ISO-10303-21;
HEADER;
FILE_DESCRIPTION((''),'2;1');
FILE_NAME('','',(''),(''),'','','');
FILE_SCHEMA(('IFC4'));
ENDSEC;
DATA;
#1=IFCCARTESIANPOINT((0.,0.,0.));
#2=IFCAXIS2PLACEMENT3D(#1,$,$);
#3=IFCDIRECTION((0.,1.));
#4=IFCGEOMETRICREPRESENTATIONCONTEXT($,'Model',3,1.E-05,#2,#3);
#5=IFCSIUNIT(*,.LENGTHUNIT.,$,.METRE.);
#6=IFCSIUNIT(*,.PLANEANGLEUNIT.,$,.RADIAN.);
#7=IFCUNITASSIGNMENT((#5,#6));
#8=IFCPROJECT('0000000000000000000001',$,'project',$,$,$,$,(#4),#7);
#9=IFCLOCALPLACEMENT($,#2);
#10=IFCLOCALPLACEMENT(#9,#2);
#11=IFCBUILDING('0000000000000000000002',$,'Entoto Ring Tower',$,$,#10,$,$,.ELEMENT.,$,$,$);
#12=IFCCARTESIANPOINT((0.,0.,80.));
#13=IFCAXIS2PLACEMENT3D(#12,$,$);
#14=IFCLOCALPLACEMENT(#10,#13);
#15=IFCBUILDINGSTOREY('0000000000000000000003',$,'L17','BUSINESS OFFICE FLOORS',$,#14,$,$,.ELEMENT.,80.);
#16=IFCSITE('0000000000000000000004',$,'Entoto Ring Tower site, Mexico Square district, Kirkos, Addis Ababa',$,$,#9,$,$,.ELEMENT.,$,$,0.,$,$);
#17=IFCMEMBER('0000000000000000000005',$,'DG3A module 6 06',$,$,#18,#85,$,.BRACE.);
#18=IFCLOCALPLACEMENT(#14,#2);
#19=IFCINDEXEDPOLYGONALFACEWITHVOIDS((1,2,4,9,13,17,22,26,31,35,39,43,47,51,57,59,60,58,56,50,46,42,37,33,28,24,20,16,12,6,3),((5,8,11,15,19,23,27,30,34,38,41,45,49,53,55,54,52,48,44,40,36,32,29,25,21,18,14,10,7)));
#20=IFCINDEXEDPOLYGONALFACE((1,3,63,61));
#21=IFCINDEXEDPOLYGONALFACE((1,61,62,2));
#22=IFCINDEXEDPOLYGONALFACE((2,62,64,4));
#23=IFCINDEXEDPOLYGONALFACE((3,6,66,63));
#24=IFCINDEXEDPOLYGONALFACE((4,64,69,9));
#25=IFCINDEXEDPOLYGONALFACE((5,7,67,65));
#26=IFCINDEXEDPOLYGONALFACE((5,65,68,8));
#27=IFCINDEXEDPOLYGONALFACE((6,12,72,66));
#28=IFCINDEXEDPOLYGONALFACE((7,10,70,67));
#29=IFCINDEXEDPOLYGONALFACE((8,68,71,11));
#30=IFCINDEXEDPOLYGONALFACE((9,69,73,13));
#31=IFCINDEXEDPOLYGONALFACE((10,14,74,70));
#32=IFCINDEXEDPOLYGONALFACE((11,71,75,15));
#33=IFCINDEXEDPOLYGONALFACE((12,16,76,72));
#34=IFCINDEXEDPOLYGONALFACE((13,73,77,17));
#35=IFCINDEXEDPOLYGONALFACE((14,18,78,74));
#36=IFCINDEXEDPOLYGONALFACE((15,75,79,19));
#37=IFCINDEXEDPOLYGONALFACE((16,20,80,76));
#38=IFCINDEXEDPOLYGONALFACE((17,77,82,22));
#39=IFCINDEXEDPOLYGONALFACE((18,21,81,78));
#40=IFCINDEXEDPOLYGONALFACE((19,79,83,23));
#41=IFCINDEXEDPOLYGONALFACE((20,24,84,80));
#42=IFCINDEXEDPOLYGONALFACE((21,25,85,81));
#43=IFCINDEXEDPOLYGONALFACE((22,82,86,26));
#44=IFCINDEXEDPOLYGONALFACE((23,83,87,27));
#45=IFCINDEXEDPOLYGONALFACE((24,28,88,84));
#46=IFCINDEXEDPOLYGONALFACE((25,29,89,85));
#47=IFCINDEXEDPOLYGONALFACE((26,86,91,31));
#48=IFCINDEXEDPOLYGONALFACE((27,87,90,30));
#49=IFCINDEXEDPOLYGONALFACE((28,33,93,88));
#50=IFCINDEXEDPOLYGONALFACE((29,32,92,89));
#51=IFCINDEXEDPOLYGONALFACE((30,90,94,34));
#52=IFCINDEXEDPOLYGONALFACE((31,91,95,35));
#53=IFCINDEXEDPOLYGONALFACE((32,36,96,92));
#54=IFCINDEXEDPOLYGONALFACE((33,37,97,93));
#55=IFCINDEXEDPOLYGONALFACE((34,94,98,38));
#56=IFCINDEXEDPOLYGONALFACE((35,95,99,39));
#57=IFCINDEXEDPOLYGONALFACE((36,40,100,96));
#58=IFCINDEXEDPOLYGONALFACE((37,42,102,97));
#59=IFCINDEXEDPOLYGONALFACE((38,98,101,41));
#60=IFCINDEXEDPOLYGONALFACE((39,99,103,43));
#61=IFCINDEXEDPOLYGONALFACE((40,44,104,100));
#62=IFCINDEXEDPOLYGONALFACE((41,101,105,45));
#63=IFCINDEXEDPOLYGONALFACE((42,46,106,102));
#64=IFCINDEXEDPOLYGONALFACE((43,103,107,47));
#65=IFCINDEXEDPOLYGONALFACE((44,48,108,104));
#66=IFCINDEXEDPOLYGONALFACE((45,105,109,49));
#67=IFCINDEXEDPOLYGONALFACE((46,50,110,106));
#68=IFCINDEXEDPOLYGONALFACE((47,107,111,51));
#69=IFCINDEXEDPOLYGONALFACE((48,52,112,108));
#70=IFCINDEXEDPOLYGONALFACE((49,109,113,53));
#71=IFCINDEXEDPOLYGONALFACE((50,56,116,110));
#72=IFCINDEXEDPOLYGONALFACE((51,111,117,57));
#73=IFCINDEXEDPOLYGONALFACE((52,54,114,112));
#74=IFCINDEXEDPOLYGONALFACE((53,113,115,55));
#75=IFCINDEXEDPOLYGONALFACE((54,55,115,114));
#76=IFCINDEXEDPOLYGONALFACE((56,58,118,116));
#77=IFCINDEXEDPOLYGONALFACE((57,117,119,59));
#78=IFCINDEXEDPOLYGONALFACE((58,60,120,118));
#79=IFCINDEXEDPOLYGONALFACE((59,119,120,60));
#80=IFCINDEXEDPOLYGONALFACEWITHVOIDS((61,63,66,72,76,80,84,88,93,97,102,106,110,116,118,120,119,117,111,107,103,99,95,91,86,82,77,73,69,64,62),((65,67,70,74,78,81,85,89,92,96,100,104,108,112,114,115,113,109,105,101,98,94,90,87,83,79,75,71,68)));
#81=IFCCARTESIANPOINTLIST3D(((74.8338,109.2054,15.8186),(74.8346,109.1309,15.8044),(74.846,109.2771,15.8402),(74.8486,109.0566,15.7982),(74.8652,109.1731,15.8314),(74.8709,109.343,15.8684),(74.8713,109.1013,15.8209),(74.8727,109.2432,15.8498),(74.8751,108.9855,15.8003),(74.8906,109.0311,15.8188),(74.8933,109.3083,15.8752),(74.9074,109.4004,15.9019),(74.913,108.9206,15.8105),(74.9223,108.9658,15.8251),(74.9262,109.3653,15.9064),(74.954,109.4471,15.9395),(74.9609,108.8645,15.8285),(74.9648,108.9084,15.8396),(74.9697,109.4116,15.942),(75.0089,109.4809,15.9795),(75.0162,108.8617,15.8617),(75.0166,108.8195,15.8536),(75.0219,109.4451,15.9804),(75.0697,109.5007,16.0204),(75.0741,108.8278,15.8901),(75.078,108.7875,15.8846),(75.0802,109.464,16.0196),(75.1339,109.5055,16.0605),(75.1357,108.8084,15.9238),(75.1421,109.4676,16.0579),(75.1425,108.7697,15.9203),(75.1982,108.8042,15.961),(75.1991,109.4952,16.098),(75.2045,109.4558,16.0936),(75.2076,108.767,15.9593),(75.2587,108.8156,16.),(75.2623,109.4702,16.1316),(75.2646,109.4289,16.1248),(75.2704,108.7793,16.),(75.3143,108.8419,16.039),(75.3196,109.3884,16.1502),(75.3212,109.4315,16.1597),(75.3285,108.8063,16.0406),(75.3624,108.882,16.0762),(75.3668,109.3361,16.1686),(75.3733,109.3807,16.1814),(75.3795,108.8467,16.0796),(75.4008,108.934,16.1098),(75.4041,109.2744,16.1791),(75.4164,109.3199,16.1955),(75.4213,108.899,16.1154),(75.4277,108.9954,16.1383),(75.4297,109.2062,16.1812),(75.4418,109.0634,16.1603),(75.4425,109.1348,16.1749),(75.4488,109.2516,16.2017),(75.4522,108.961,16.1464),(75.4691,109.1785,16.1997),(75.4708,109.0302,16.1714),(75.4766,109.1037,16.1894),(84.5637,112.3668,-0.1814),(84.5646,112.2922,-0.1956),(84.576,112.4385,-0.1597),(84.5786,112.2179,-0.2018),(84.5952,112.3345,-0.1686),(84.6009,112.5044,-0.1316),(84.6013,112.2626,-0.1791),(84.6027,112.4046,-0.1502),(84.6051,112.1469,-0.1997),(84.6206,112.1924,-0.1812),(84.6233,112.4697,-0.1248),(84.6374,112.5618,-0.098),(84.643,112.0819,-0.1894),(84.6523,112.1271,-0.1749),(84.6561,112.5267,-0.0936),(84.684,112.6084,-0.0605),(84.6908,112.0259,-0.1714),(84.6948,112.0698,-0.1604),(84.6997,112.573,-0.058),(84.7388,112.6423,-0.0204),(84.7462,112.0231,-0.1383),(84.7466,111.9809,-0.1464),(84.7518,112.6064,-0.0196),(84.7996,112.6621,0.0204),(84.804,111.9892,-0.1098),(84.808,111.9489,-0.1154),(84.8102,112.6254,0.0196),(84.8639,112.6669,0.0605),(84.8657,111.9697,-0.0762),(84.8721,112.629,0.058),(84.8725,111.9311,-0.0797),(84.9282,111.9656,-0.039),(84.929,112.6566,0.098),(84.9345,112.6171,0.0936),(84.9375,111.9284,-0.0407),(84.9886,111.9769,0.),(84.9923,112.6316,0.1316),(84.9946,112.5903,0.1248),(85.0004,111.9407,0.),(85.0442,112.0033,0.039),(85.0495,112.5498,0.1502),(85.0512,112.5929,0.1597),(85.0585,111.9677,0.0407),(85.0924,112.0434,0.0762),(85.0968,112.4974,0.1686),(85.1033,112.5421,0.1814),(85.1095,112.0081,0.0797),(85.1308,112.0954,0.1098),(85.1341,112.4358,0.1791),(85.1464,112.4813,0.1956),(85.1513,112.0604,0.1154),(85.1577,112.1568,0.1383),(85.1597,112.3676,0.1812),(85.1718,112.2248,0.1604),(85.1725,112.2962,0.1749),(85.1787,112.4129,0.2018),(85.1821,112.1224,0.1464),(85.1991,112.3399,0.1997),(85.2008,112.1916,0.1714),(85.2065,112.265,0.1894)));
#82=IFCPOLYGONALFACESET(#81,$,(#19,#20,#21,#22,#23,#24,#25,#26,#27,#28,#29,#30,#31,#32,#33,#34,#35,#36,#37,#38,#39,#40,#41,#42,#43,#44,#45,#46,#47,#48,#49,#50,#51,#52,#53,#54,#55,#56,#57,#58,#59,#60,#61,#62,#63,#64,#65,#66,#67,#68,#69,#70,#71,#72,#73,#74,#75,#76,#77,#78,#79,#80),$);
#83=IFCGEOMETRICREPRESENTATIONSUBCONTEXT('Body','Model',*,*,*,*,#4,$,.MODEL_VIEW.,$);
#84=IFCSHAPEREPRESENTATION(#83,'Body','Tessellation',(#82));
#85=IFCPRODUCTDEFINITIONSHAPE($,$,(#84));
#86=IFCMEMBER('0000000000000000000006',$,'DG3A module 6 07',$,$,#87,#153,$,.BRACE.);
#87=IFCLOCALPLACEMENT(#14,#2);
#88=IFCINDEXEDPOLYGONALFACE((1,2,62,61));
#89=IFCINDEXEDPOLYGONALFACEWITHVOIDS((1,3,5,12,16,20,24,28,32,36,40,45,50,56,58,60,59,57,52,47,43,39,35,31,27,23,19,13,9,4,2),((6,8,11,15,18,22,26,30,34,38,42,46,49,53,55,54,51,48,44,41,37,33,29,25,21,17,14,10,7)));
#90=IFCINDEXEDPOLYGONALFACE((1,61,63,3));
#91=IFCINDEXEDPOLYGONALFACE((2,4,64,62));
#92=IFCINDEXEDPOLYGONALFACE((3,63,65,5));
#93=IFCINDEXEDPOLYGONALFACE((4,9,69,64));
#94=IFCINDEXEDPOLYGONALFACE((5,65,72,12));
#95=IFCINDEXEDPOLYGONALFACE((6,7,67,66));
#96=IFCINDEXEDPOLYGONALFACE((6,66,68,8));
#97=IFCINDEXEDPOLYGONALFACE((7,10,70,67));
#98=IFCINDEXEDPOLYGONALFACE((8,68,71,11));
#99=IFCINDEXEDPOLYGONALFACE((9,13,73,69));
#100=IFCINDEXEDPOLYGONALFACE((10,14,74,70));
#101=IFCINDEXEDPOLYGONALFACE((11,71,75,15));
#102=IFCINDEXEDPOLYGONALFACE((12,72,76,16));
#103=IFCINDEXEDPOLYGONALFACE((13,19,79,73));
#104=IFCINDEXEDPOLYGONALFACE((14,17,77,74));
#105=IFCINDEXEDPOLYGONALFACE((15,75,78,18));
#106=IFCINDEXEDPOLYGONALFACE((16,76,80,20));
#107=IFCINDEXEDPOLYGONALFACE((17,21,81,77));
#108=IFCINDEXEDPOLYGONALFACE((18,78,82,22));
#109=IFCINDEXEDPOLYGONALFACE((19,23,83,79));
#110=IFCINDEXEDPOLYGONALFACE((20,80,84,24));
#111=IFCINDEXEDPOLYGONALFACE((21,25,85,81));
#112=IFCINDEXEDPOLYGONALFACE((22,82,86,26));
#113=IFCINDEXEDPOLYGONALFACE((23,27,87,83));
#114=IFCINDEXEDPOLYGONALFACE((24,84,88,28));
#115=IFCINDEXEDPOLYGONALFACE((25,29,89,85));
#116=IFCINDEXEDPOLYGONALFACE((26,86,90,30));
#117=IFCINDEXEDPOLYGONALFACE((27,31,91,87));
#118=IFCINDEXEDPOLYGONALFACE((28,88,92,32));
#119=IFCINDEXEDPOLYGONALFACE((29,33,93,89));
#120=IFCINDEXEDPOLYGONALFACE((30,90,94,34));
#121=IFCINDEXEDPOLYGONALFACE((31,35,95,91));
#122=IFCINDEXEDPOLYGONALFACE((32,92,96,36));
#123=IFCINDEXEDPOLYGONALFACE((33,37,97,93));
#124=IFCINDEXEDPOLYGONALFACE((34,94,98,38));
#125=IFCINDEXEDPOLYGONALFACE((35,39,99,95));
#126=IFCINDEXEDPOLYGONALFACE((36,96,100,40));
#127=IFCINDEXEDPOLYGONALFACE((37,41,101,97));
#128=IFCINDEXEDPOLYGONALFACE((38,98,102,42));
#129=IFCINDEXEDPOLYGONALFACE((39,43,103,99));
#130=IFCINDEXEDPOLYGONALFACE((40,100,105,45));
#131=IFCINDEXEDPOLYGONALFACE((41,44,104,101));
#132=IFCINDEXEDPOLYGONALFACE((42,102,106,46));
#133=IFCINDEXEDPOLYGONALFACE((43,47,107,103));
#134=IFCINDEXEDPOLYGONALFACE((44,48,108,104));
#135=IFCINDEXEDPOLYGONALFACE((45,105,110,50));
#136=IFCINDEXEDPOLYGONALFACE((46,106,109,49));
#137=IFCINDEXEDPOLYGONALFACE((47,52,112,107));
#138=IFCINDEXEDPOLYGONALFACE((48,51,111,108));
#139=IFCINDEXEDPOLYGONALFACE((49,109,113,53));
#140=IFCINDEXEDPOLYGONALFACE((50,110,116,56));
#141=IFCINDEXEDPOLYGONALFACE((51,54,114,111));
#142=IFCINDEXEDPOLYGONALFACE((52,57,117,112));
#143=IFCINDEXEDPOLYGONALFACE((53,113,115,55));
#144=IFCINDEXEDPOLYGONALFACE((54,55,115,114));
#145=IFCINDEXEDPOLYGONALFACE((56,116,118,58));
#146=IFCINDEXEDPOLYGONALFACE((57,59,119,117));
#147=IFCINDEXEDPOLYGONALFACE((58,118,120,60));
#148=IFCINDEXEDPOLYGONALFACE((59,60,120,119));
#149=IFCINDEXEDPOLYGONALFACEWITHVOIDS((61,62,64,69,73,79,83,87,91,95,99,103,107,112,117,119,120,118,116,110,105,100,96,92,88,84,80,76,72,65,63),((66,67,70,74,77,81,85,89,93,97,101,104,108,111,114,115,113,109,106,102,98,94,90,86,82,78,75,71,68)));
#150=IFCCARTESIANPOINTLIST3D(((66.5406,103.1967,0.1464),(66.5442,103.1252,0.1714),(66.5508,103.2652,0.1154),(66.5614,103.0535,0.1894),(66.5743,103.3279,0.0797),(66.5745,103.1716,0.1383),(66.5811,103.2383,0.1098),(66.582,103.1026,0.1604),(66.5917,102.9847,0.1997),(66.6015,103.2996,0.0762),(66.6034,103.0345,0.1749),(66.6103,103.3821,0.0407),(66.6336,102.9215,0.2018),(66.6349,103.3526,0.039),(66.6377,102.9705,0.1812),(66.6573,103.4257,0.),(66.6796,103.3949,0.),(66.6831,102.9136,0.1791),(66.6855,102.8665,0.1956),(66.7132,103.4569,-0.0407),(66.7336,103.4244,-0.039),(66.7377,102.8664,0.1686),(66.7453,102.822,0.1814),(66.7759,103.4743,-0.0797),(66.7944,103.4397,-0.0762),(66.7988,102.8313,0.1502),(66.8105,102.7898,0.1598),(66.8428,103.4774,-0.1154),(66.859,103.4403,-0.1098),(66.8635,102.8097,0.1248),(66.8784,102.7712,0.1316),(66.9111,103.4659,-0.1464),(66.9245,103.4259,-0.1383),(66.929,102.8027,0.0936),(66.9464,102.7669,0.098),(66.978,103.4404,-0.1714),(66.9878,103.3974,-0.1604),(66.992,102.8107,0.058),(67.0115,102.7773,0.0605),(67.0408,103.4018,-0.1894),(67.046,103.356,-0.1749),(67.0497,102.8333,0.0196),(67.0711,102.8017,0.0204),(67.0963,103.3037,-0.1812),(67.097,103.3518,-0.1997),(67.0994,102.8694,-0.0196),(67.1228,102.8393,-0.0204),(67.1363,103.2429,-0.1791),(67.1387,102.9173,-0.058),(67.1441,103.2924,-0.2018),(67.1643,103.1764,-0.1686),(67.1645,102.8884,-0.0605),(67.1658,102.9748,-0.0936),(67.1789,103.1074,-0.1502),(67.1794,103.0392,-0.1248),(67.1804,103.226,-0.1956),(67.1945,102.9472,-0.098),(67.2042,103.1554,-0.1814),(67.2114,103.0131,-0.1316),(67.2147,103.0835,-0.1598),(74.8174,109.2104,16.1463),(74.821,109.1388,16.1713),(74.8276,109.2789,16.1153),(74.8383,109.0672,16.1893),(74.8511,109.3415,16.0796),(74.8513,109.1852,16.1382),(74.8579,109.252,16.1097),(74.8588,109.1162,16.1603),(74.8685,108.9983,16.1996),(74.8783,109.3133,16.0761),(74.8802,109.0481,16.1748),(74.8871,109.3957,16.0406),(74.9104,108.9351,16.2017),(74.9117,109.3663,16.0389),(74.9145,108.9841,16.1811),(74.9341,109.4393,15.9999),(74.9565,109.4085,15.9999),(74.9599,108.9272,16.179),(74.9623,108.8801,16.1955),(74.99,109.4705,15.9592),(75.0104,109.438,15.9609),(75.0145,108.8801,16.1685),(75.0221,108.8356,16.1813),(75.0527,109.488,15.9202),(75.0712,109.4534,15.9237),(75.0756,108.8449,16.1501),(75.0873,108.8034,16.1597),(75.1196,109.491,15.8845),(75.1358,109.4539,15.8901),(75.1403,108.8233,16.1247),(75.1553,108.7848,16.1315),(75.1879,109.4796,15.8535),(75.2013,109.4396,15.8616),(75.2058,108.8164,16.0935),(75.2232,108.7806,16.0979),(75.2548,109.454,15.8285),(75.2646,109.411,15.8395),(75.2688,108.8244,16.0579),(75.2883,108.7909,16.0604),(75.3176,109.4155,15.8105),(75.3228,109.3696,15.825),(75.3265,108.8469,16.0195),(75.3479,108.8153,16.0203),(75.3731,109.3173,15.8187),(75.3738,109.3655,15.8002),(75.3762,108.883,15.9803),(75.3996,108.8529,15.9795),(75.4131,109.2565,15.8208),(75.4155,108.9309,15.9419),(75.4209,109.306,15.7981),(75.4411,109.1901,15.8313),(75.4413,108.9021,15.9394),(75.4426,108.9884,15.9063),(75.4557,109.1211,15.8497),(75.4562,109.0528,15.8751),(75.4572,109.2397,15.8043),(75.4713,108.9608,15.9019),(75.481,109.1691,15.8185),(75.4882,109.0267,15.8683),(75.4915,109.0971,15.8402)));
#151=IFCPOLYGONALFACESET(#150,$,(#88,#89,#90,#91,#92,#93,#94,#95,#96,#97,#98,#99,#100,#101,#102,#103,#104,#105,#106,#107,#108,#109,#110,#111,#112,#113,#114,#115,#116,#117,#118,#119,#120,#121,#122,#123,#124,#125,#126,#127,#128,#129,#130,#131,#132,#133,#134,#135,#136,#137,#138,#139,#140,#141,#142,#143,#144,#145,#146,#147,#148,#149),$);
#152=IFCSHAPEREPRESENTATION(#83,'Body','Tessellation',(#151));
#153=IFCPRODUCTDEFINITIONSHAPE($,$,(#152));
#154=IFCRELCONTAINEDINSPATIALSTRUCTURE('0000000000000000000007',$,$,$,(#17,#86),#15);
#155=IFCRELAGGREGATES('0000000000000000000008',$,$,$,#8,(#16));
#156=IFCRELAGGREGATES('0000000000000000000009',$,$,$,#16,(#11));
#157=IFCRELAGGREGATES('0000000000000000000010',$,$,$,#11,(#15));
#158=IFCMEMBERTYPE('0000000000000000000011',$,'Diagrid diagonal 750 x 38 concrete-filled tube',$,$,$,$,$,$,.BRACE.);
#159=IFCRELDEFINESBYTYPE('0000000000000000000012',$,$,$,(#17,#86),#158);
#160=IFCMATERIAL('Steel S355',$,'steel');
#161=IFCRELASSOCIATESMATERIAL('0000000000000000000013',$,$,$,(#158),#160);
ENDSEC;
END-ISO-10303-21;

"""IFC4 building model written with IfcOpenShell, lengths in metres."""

from ifc_helpers import new_model, si_unit, direction, frame, origin, origin_2d, place, context, subcontext, project, spatial, circle, hollow_circle, extrude, material, material_profile, profile_set, type_object, element, save


model = new_model("IFC4")

# Units and contexts
model_context = context("Model", 3, precision=1e-05, world=origin(), true_north=direction((0.0, 1.0)))
body_context = subcontext(model_context, "Body", "Model", "MODEL_VIEW")
ifc_project = project(units=[si_unit("LENGTHUNIT", "METRE"), si_unit("PLANEANGLEUNIT", "RADIAN")], contexts=[model_context])

# Site, building, storey
site_placement = place(None, origin())
site = spatial("IfcSite", under=ifc_project, at=site_placement, Name="Entoto Ring Tower site, Mexico Square district, Kirkos, Addis Ababa", CompositionType="ELEMENT", RefElevation=0.0)
building_placement = place(site_placement, origin())
building = spatial("IfcBuilding", under=site, at=building_placement, Name="Entoto Ring Tower", CompositionType="ELEMENT")
storey_placement = place(building_placement, frame((0.0, 0.0, 80.0)))
storey = spatial("IfcBuildingStorey", under=building, at=storey_placement, Name="L17", Description="BUSINESS OFFICE FLOORS", CompositionType="ELEMENT", Elevation=80.0)

# Members
ifc_material_1 = material(Name="Steel S355", Category="steel")
ifc_material_profile_1 = material_profile(ifc_material_1, hollow_circle(Radius=0.375, WallThickness=0.0381, at=origin_2d()), Name="CHS 750 x 38")
ifc_material_2 = material(Name="Concrete C60/75", Category="concrete")
ifc_material_profile_2 = material_profile(ifc_material_2, circle(Radius=0.3369, at=origin_2d()), Name="Concrete C60/75 infill")
ifc_profile_set_1 = profile_set([ifc_material_profile_1, ifc_material_profile_2], Name="Steel S355")
member_type_1 = type_object("IfcMemberType", Name="Diagrid diagonal 750 x 38 concrete-filled tube", PredefinedType="BRACE", material=ifc_profile_set_1)
for number, where, z_axis, x_axis, name in (
    (1, (84.8845, 112.2974, 0.0), (-0.512341, -0.166465, 0.842494), (0.309009, -0.951059, 0.0), "DG3A module 6 06"),
    (2, (66.8777, 103.1223, 0.0), (0.435823, 0.316654, 0.84249), (-0.587797, 0.809008, 0.0), "DG3A module 6 07"),
):
    element("IfcMember", number, at=place(storey_placement, frame(where, z_axis=z_axis, x_axis=x_axis)), inside=storey, type_object=member_type_1, Name=name, PredefinedType="BRACE", context=body_context, shape_type="SweptSolid", body=[
        extrude(hollow_circle(Radius=0.375, WallThickness=0.0381, at=origin_2d()), origin(), (0.0, 0.0, 1.0), 18.9912),
    ])

save(model, "model.ifc")
